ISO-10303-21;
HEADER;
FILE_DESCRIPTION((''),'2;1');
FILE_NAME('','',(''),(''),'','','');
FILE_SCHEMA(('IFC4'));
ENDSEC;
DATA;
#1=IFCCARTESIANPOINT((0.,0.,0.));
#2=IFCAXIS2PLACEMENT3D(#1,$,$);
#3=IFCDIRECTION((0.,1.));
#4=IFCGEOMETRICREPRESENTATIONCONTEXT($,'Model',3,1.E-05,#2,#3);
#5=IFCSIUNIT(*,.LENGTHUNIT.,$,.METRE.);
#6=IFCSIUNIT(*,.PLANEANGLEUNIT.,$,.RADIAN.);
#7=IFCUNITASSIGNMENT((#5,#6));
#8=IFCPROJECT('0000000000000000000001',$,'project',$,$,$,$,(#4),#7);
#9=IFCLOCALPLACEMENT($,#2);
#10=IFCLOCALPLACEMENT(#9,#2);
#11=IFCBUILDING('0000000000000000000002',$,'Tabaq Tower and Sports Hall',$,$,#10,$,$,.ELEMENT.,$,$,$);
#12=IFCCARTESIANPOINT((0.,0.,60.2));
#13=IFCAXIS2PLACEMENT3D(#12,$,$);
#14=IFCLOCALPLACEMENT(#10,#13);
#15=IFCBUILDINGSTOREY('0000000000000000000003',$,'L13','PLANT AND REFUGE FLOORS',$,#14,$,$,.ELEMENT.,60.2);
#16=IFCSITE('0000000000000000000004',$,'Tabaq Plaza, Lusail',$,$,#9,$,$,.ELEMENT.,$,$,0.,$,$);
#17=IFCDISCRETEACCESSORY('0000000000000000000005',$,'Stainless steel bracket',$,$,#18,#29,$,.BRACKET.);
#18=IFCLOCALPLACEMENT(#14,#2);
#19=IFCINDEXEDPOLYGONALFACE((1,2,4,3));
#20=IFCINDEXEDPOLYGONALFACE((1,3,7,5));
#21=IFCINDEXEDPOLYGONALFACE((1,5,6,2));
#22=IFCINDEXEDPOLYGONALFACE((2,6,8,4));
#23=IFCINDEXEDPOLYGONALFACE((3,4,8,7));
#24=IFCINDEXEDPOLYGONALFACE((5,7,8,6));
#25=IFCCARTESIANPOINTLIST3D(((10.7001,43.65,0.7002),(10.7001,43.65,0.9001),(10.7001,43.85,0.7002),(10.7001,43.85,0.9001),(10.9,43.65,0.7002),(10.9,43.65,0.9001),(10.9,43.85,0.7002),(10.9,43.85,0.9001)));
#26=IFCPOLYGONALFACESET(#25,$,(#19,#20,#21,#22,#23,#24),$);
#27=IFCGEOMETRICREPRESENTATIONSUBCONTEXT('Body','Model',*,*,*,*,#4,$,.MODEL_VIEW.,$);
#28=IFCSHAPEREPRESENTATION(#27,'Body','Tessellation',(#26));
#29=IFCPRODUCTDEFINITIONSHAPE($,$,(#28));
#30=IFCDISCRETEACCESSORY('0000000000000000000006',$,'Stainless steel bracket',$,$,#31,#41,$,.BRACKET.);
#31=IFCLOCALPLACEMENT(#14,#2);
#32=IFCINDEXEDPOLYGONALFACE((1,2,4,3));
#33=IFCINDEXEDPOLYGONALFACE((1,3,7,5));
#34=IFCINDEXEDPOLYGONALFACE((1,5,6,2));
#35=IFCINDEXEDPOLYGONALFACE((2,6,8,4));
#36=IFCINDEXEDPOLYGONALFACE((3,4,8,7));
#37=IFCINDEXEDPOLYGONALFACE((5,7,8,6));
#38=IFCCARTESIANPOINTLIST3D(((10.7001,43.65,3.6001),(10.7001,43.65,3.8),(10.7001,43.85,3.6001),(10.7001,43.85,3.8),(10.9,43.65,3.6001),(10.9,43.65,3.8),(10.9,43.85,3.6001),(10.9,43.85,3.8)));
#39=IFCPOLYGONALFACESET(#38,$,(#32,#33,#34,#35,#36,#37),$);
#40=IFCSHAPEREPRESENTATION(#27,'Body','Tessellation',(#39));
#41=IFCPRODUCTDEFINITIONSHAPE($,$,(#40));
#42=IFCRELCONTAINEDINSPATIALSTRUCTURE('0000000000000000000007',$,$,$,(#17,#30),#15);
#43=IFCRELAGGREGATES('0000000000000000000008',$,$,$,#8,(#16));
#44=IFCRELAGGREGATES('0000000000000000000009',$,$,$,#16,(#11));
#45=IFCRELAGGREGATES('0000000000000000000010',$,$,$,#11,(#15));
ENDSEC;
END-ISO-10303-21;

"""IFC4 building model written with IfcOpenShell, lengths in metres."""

from ifc_helpers import new_model, si_unit, direction, frame, origin, origin_2d, place, context, subcontext, project, spatial, rectangle, extrude, element, save


model = new_model("IFC4")

# Units and contexts
model_context = context("Model", 3, precision=1e-05, world=origin(), true_north=direction((0.0, 1.0)))
body_context = subcontext(model_context, "Body", "Model", "MODEL_VIEW")
ifc_project = project(units=[si_unit("LENGTHUNIT", "METRE"), si_unit("PLANEANGLEUNIT", "RADIAN")], contexts=[model_context])

# Site, building, storey
site_placement = place(None, origin())
site = spatial("IfcSite", under=ifc_project, at=site_placement, Name="Tabaq Plaza, Lusail", CompositionType="ELEMENT", RefElevation=0.0)
building_placement = place(site_placement, origin())
building = spatial("IfcBuilding", under=site, at=building_placement, Name="Tabaq Tower and Sports Hall", CompositionType="ELEMENT")
storey_placement = place(building_placement, frame((0.0, 0.0, 60.2)))
storey = spatial("IfcBuildingStorey", under=building, at=storey_placement, Name="L13", Description="PLANT AND REFUGE FLOORS", CompositionType="ELEMENT", Elevation=60.2)

# Discrete accessories
for number, where, z_axis, x_axis, name in (
    (1, (10.8, 43.75, 0.7002), (0.0, 0.0, 1.0), (0.0, -1.0, 0.0), "Stainless steel bracket"),
    (2, (10.8, 43.75, 3.6001), (0.0, 0.0, 1.0), (0.0, -1.0, 0.0), "Stainless steel bracket"),
):
    element("IfcDiscreteAccessory", number, at=place(storey_placement, frame(where, z_axis=z_axis, x_axis=x_axis)), inside=storey, Name=name, PredefinedType="BRACKET", context=body_context, shape_type="SweptSolid", body=[
        extrude(rectangle(XDim=0.2, YDim=0.2, at=origin_2d()), origin(), (0.0, 0.0, 1.0), 0.2),
    ])

save(model, "model.ifc")
